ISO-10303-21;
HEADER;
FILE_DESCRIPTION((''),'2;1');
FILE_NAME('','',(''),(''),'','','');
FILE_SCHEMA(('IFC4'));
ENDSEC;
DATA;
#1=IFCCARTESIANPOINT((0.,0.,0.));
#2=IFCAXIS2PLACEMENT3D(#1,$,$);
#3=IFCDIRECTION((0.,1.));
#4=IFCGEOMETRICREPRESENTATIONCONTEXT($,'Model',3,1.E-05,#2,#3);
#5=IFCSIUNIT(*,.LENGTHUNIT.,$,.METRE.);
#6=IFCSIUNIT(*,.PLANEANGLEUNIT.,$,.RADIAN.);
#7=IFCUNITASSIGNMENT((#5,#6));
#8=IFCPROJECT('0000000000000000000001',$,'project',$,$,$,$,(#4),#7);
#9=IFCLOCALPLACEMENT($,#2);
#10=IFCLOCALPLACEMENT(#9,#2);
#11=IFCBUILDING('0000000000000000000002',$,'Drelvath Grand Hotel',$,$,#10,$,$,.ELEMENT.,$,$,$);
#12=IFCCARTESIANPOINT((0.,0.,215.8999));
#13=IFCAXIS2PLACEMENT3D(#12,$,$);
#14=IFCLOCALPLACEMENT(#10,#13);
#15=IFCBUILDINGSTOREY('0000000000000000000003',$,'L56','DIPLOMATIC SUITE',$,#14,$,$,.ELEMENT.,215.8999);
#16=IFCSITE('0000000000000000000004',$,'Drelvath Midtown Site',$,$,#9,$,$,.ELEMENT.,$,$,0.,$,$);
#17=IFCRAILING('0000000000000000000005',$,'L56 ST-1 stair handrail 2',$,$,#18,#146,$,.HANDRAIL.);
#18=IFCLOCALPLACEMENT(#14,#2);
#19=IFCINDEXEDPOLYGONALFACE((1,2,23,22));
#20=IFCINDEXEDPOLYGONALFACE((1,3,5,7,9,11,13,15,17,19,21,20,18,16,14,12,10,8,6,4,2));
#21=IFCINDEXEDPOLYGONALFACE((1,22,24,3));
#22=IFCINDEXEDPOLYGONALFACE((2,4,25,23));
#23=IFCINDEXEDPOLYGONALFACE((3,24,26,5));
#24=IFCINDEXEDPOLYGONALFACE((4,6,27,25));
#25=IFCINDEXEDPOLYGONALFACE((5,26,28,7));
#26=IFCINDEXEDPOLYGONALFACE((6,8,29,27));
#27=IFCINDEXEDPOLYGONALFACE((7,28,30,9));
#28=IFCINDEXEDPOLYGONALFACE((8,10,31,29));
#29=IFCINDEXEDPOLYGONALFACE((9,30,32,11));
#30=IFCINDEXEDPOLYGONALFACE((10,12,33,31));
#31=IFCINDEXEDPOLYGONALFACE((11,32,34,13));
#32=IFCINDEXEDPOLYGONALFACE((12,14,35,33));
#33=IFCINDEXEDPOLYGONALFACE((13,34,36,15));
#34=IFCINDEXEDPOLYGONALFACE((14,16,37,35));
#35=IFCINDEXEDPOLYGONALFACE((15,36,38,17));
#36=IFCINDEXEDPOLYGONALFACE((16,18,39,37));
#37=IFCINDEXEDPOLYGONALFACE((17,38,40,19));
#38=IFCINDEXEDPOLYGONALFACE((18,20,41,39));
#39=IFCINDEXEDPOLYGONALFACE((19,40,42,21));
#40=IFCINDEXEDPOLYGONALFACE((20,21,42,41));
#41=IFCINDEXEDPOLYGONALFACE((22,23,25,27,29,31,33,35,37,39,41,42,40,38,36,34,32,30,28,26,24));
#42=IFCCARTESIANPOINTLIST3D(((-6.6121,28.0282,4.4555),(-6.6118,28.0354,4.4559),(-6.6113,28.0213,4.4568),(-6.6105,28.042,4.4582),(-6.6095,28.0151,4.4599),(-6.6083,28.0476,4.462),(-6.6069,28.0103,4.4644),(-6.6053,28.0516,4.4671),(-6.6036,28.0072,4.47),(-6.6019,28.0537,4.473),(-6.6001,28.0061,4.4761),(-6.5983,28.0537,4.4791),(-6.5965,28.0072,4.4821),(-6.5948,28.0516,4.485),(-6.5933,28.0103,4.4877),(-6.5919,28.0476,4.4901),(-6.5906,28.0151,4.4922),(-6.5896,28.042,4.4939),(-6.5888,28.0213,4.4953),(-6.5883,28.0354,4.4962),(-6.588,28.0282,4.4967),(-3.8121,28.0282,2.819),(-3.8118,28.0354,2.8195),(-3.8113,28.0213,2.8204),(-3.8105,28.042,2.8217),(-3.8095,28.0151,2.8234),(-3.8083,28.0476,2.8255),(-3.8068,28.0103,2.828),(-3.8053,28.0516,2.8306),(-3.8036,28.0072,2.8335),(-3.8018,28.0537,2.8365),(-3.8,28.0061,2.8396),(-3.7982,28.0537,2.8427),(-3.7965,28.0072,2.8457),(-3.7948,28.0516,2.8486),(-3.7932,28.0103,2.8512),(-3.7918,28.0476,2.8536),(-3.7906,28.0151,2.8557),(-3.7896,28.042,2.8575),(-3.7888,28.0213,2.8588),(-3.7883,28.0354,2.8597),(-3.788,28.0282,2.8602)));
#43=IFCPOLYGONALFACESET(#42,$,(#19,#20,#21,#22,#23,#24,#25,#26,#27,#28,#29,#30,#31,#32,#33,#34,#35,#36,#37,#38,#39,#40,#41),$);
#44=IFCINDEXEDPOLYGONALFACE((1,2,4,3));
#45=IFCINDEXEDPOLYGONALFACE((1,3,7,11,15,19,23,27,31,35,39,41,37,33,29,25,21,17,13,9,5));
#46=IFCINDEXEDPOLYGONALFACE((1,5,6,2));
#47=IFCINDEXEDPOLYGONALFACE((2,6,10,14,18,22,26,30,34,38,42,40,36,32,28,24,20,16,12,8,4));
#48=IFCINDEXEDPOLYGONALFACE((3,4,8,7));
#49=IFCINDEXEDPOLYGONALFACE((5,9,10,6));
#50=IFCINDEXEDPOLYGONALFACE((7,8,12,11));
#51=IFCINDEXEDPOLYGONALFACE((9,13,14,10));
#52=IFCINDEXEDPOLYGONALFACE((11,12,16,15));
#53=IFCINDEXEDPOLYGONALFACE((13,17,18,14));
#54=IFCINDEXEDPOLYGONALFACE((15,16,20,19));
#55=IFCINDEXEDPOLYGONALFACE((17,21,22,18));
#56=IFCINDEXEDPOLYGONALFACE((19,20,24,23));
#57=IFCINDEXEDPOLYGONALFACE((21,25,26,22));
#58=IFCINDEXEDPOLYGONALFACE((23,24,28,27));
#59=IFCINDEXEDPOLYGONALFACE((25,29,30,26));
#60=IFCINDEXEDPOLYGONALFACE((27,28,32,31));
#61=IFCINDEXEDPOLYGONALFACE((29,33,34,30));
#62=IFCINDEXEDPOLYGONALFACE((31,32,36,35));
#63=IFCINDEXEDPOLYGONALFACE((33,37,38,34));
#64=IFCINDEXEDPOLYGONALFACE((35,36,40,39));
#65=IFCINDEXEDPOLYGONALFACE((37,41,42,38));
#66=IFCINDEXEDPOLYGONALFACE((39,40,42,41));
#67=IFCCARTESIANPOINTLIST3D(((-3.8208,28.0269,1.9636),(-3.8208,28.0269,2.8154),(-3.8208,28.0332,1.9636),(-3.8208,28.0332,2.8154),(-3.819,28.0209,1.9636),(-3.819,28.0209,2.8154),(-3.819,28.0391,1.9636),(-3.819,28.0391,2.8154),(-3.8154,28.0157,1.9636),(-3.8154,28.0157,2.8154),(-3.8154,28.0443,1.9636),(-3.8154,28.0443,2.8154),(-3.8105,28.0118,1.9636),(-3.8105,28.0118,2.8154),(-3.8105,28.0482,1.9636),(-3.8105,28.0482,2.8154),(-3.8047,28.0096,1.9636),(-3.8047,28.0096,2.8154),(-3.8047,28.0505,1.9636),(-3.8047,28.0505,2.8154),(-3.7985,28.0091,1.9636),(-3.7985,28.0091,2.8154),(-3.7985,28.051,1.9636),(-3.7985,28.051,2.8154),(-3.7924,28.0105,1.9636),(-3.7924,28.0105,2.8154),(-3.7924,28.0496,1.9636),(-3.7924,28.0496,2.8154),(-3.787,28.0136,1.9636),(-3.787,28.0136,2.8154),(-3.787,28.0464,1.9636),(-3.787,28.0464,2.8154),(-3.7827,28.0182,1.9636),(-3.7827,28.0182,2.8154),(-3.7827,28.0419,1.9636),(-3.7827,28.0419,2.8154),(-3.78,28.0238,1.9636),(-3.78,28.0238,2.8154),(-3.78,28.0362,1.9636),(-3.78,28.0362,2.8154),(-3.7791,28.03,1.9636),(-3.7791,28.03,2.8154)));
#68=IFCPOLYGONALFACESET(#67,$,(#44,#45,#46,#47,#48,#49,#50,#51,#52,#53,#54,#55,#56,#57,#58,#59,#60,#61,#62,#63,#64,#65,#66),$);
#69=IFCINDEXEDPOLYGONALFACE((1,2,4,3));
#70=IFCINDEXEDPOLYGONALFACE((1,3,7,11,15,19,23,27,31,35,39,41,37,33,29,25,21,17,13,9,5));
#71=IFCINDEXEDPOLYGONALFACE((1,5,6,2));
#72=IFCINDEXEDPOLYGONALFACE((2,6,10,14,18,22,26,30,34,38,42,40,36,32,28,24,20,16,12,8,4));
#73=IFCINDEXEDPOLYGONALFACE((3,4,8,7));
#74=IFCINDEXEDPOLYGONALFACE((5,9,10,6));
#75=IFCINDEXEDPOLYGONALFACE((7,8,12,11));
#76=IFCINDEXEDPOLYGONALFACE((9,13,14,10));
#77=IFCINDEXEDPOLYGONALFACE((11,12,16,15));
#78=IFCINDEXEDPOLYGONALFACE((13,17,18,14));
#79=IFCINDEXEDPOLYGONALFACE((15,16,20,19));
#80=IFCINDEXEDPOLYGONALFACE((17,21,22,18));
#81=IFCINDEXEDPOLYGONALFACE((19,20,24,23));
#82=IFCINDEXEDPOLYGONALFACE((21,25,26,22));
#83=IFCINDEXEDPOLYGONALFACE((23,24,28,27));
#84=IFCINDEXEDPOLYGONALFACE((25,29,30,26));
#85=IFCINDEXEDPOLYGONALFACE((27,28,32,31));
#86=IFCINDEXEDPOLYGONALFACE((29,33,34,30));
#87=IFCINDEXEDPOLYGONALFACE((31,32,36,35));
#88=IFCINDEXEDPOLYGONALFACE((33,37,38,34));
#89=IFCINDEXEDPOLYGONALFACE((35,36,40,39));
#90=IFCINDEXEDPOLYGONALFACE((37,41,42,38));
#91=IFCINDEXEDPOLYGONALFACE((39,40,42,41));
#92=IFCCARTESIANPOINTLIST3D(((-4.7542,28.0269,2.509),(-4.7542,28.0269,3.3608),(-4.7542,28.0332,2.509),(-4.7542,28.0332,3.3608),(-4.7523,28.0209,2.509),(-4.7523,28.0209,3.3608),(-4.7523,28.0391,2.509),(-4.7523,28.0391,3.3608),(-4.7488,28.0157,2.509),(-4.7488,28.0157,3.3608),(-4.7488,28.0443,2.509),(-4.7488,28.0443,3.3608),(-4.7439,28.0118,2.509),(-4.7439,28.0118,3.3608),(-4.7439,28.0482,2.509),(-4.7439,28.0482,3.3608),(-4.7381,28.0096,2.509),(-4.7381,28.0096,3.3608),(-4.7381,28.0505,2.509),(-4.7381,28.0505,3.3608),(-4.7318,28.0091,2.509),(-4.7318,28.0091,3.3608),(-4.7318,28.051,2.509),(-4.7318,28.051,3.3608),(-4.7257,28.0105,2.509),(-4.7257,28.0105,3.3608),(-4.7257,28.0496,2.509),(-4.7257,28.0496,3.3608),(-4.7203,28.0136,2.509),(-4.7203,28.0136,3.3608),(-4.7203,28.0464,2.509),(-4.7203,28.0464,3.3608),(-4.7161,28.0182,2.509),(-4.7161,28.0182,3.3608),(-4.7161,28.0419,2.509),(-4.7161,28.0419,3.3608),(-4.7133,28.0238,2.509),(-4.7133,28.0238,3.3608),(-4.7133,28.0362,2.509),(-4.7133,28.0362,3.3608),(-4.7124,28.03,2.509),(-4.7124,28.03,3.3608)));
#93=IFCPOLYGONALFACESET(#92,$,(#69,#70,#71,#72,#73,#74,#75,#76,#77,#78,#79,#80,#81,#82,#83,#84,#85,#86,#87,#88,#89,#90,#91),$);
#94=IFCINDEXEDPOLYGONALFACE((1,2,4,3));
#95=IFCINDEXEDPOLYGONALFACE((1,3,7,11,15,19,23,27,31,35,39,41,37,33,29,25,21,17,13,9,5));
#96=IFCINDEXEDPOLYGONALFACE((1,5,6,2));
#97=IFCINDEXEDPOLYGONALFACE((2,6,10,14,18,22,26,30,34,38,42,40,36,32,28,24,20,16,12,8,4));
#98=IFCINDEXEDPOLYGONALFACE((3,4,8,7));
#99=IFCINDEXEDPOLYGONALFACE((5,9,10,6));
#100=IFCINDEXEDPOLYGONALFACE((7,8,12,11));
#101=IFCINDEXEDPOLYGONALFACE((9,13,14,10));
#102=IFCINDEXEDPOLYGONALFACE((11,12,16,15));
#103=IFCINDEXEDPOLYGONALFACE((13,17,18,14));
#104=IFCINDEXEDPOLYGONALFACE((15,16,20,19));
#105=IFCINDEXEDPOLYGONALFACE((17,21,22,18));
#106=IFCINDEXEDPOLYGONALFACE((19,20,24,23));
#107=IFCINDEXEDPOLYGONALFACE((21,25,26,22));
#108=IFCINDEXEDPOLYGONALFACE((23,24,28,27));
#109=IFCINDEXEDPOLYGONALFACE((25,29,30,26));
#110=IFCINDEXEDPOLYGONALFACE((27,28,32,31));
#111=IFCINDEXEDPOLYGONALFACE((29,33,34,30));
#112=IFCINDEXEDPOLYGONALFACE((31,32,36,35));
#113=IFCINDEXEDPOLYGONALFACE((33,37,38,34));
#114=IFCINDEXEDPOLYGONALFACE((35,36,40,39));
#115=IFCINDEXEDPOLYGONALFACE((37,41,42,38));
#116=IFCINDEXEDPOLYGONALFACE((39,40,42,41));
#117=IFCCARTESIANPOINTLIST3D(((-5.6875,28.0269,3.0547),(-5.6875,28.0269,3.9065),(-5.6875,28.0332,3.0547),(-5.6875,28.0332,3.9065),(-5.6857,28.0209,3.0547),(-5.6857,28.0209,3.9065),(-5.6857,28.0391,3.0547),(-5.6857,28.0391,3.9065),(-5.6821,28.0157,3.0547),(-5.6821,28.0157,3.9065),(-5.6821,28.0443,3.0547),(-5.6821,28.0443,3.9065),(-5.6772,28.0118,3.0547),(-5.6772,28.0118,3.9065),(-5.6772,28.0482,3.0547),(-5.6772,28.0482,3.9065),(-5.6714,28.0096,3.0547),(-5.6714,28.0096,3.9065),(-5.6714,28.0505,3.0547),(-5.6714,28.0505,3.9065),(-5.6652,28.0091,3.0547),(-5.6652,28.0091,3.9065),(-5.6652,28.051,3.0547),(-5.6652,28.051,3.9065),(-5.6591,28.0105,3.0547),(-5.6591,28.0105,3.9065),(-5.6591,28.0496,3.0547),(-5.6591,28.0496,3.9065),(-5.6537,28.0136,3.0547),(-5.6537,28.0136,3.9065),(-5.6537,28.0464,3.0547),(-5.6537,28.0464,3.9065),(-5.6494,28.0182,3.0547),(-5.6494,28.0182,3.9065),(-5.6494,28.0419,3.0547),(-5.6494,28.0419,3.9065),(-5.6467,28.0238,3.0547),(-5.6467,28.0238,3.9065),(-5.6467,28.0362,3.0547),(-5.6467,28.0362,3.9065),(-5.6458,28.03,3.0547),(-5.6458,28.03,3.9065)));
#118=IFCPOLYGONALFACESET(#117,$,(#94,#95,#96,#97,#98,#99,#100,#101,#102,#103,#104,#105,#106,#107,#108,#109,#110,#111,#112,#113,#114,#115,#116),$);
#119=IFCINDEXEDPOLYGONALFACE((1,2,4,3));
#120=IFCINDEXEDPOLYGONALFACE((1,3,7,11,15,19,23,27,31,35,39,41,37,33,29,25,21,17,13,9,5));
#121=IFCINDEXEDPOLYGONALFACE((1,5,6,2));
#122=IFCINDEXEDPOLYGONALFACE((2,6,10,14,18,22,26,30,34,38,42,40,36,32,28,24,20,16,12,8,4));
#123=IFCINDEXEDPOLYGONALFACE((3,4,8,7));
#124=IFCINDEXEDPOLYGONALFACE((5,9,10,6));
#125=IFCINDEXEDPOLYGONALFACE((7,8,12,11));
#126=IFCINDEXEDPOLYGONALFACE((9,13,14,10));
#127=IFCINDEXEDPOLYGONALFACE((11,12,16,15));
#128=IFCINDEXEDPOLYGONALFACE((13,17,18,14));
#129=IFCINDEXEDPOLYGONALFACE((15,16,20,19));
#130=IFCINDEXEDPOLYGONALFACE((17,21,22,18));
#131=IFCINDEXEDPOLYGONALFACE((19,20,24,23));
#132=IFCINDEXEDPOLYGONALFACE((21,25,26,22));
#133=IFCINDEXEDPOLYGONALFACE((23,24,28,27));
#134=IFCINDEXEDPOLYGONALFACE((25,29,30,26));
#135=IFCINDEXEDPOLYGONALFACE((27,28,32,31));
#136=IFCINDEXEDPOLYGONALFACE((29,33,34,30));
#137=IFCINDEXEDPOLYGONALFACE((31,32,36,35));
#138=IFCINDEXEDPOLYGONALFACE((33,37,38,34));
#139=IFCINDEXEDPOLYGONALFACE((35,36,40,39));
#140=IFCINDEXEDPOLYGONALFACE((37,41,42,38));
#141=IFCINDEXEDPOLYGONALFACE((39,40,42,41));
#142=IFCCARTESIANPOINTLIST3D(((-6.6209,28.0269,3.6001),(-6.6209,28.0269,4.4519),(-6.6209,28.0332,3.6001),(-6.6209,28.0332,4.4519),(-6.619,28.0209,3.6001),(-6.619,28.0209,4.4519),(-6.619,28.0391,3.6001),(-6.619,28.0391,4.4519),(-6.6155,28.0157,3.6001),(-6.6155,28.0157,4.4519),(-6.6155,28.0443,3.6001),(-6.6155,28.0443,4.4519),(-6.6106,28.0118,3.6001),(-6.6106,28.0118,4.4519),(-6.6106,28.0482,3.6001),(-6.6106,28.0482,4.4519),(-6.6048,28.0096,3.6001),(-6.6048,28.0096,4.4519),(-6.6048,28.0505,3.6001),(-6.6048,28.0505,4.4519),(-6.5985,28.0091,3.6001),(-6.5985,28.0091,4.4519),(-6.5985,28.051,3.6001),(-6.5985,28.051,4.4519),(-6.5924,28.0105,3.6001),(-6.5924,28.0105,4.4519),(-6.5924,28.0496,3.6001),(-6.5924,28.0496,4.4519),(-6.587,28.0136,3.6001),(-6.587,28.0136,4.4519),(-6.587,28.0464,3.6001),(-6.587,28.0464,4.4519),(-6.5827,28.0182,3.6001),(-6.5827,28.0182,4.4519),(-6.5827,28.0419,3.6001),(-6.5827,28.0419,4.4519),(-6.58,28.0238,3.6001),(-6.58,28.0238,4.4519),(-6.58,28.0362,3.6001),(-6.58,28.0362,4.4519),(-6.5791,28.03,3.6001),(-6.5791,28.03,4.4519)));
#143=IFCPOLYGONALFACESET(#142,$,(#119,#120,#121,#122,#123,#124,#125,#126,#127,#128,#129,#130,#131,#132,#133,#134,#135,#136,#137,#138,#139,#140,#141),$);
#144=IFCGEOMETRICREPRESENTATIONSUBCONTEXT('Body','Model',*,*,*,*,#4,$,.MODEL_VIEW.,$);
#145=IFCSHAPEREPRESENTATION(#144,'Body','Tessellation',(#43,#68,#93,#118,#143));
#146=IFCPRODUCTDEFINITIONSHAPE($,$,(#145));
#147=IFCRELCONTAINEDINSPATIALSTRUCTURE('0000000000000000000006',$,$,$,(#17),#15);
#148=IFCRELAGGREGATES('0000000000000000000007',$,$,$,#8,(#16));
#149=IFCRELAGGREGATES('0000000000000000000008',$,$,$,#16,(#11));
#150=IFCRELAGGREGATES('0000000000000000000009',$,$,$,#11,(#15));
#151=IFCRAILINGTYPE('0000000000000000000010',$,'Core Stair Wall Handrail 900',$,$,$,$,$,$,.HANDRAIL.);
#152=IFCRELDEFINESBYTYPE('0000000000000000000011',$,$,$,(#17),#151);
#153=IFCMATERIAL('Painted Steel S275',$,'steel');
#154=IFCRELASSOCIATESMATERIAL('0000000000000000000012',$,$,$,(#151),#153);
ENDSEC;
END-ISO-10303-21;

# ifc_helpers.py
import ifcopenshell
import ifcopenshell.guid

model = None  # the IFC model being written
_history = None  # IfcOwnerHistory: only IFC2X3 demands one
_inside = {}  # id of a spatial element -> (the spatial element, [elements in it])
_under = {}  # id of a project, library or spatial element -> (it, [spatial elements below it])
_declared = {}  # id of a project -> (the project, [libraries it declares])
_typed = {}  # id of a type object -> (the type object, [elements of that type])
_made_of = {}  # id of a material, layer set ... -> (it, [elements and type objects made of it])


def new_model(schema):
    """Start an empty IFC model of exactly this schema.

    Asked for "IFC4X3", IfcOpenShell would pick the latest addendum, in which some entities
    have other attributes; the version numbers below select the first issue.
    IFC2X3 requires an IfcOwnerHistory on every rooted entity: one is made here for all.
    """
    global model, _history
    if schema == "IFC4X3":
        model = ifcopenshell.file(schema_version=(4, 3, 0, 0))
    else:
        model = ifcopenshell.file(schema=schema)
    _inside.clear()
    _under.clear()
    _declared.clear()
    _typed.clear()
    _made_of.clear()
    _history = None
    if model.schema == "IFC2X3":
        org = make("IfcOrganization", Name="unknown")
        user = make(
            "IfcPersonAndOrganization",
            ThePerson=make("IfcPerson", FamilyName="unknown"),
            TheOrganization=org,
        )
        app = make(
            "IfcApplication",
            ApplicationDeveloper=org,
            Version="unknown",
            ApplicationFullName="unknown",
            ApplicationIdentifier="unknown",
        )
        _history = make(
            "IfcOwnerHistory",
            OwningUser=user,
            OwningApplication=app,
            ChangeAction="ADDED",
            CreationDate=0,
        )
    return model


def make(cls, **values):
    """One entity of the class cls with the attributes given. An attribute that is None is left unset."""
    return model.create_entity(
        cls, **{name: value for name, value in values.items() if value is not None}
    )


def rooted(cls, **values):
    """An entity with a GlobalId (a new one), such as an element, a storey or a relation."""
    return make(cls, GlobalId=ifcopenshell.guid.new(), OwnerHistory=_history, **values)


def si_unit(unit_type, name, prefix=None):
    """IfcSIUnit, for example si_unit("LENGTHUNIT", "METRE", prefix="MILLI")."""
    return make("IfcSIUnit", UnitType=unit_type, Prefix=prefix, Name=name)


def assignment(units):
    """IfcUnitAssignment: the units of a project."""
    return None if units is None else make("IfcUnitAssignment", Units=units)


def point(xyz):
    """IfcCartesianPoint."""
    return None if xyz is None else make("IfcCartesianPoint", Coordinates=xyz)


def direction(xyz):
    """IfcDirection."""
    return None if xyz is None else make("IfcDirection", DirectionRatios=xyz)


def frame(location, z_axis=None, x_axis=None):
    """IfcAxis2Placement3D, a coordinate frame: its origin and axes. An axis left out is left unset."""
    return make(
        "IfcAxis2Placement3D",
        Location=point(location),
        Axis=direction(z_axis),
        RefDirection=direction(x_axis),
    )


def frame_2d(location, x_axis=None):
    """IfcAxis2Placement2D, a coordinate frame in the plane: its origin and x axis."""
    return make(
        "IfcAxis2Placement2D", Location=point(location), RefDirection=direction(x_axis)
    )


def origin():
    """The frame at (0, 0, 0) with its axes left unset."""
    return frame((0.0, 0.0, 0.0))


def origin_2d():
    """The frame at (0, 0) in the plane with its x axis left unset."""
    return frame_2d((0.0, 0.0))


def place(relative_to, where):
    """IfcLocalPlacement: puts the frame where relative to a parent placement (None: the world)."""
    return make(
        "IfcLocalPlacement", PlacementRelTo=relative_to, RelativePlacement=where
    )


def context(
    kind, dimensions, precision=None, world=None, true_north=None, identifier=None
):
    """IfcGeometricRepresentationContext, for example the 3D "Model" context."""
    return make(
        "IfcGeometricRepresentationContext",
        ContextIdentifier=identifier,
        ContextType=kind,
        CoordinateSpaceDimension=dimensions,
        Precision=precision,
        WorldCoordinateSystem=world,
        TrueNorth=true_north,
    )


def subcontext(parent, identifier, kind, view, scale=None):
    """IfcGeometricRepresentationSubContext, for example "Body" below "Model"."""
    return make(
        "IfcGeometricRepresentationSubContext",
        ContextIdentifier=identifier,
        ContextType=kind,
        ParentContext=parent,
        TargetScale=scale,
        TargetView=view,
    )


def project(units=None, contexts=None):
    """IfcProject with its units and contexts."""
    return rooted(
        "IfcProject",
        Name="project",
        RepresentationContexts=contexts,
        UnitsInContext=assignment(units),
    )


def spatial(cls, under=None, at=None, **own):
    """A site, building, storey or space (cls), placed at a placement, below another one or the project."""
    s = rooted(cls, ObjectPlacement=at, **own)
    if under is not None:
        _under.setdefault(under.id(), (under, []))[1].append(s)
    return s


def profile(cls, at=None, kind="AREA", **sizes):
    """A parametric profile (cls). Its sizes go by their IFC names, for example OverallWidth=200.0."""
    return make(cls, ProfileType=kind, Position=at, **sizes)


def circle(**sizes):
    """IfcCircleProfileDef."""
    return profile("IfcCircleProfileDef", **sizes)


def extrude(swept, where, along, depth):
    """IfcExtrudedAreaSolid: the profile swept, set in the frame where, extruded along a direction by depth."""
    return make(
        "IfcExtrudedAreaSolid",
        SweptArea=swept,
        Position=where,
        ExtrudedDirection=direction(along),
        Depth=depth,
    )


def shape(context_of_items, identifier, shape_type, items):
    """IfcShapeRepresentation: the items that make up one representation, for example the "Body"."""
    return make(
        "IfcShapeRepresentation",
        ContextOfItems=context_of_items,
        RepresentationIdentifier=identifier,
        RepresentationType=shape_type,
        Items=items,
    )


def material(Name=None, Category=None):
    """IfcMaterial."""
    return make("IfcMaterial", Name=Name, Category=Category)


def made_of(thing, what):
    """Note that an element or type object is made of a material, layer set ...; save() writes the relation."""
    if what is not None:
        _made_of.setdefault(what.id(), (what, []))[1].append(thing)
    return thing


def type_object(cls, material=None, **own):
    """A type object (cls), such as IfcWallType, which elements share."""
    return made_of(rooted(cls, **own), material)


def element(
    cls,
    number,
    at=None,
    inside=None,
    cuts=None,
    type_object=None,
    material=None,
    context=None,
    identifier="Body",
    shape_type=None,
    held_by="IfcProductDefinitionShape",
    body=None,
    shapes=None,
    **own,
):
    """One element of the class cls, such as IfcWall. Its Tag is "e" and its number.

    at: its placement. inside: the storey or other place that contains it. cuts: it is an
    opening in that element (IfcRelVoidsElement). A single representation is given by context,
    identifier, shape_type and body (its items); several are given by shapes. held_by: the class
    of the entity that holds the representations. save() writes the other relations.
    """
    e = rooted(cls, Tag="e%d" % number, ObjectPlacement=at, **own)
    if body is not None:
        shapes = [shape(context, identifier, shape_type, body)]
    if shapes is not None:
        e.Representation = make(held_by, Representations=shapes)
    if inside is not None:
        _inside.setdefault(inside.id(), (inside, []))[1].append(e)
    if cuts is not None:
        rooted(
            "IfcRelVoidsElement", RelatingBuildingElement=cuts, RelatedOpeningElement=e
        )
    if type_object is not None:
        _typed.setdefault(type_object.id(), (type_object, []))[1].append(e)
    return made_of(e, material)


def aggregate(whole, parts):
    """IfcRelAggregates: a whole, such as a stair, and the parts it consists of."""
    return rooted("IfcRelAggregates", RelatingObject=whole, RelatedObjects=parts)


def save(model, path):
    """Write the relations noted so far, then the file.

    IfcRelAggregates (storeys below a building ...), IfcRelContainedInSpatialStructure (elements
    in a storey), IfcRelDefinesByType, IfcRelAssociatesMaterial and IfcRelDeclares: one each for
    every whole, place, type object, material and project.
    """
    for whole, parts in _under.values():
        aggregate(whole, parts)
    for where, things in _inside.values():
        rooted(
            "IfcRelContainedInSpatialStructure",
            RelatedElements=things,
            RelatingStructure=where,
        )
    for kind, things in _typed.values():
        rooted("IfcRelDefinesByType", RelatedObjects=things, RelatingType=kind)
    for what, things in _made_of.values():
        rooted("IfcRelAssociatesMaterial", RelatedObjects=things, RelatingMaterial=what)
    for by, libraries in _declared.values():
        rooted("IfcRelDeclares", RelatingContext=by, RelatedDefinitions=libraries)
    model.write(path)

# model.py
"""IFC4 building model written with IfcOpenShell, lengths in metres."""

from ifc_helpers import new_model, si_unit, direction, frame, origin, origin_2d, place, context, subcontext, project, spatial, circle, extrude, material, type_object, element, save


model = new_model("IFC4")

# Units and contexts
model_context = context("Model", 3, precision=1e-05, world=origin(), true_north=direction((0.0, 1.0)))
body_context = subcontext(model_context, "Body", "Model", "MODEL_VIEW")
ifc_project = project(units=[si_unit("LENGTHUNIT", "METRE"), si_unit("PLANEANGLEUNIT", "RADIAN")], contexts=[model_context])

# Site, building, storey
site_placement = place(None, origin())
site = spatial("IfcSite", under=ifc_project, at=site_placement, Name="Drelvath Midtown Site", CompositionType="ELEMENT", RefElevation=0.0)
building_placement = place(site_placement, origin())
building = spatial("IfcBuilding", under=site, at=building_placement, Name="Drelvath Grand Hotel", CompositionType="ELEMENT")
storey_placement = place(building_placement, frame((0.0, 0.0, 215.8999)))
storey = spatial("IfcBuildingStorey", under=building, at=storey_placement, Name="L56", Description="DIPLOMATIC SUITE", CompositionType="ELEMENT", Elevation=215.8999)

# Shared definitions
ifc_material_1 = material(Name="Painted Steel S275", Category="steel")

# Railing
railing_type_1 = type_object("IfcRailingType", Name="Core Stair Wall Handrail 900", PredefinedType="HANDRAIL", material=ifc_material_1)
railing_1_placement = place(storey_placement, frame((-3.8, 28.03, 1.9636)))
element("IfcRailing", 1, at=railing_1_placement, inside=storey, type_object=railing_type_1, Name="L56 ST-1 stair handrail 2", PredefinedType="HANDRAIL", context=body_context, shape_type="SweptSolid", body=[
    extrude(circle(Radius=0.0239, at=origin_2d()), frame((0.0, 0.0, 0.876), z_axis=(-0.863361, 0.0, 0.504587), x_axis=(0.0, -1.0, 0.0)), (0.0, 0.0, 1.0), 3.2432),
    extrude(circle(Radius=0.021, at=origin_2d()), origin(), (0.0, 0.0, 1.0), 0.8518),
    extrude(circle(Radius=0.021, at=origin_2d()), frame((-0.9333, 0.0, 0.5454)), (0.0, 0.0, 1.0), 0.8518),
    extrude(circle(Radius=0.021, at=origin_2d()), frame((-1.8667, 0.0, 1.0911)), (0.0, 0.0, 1.0), 0.8518),
    extrude(circle(Radius=0.021, at=origin_2d()), frame((-2.8, 0.0, 1.6365)), (0.0, 0.0, 1.0), 0.8518),
])

save(model, "model.ifc")
